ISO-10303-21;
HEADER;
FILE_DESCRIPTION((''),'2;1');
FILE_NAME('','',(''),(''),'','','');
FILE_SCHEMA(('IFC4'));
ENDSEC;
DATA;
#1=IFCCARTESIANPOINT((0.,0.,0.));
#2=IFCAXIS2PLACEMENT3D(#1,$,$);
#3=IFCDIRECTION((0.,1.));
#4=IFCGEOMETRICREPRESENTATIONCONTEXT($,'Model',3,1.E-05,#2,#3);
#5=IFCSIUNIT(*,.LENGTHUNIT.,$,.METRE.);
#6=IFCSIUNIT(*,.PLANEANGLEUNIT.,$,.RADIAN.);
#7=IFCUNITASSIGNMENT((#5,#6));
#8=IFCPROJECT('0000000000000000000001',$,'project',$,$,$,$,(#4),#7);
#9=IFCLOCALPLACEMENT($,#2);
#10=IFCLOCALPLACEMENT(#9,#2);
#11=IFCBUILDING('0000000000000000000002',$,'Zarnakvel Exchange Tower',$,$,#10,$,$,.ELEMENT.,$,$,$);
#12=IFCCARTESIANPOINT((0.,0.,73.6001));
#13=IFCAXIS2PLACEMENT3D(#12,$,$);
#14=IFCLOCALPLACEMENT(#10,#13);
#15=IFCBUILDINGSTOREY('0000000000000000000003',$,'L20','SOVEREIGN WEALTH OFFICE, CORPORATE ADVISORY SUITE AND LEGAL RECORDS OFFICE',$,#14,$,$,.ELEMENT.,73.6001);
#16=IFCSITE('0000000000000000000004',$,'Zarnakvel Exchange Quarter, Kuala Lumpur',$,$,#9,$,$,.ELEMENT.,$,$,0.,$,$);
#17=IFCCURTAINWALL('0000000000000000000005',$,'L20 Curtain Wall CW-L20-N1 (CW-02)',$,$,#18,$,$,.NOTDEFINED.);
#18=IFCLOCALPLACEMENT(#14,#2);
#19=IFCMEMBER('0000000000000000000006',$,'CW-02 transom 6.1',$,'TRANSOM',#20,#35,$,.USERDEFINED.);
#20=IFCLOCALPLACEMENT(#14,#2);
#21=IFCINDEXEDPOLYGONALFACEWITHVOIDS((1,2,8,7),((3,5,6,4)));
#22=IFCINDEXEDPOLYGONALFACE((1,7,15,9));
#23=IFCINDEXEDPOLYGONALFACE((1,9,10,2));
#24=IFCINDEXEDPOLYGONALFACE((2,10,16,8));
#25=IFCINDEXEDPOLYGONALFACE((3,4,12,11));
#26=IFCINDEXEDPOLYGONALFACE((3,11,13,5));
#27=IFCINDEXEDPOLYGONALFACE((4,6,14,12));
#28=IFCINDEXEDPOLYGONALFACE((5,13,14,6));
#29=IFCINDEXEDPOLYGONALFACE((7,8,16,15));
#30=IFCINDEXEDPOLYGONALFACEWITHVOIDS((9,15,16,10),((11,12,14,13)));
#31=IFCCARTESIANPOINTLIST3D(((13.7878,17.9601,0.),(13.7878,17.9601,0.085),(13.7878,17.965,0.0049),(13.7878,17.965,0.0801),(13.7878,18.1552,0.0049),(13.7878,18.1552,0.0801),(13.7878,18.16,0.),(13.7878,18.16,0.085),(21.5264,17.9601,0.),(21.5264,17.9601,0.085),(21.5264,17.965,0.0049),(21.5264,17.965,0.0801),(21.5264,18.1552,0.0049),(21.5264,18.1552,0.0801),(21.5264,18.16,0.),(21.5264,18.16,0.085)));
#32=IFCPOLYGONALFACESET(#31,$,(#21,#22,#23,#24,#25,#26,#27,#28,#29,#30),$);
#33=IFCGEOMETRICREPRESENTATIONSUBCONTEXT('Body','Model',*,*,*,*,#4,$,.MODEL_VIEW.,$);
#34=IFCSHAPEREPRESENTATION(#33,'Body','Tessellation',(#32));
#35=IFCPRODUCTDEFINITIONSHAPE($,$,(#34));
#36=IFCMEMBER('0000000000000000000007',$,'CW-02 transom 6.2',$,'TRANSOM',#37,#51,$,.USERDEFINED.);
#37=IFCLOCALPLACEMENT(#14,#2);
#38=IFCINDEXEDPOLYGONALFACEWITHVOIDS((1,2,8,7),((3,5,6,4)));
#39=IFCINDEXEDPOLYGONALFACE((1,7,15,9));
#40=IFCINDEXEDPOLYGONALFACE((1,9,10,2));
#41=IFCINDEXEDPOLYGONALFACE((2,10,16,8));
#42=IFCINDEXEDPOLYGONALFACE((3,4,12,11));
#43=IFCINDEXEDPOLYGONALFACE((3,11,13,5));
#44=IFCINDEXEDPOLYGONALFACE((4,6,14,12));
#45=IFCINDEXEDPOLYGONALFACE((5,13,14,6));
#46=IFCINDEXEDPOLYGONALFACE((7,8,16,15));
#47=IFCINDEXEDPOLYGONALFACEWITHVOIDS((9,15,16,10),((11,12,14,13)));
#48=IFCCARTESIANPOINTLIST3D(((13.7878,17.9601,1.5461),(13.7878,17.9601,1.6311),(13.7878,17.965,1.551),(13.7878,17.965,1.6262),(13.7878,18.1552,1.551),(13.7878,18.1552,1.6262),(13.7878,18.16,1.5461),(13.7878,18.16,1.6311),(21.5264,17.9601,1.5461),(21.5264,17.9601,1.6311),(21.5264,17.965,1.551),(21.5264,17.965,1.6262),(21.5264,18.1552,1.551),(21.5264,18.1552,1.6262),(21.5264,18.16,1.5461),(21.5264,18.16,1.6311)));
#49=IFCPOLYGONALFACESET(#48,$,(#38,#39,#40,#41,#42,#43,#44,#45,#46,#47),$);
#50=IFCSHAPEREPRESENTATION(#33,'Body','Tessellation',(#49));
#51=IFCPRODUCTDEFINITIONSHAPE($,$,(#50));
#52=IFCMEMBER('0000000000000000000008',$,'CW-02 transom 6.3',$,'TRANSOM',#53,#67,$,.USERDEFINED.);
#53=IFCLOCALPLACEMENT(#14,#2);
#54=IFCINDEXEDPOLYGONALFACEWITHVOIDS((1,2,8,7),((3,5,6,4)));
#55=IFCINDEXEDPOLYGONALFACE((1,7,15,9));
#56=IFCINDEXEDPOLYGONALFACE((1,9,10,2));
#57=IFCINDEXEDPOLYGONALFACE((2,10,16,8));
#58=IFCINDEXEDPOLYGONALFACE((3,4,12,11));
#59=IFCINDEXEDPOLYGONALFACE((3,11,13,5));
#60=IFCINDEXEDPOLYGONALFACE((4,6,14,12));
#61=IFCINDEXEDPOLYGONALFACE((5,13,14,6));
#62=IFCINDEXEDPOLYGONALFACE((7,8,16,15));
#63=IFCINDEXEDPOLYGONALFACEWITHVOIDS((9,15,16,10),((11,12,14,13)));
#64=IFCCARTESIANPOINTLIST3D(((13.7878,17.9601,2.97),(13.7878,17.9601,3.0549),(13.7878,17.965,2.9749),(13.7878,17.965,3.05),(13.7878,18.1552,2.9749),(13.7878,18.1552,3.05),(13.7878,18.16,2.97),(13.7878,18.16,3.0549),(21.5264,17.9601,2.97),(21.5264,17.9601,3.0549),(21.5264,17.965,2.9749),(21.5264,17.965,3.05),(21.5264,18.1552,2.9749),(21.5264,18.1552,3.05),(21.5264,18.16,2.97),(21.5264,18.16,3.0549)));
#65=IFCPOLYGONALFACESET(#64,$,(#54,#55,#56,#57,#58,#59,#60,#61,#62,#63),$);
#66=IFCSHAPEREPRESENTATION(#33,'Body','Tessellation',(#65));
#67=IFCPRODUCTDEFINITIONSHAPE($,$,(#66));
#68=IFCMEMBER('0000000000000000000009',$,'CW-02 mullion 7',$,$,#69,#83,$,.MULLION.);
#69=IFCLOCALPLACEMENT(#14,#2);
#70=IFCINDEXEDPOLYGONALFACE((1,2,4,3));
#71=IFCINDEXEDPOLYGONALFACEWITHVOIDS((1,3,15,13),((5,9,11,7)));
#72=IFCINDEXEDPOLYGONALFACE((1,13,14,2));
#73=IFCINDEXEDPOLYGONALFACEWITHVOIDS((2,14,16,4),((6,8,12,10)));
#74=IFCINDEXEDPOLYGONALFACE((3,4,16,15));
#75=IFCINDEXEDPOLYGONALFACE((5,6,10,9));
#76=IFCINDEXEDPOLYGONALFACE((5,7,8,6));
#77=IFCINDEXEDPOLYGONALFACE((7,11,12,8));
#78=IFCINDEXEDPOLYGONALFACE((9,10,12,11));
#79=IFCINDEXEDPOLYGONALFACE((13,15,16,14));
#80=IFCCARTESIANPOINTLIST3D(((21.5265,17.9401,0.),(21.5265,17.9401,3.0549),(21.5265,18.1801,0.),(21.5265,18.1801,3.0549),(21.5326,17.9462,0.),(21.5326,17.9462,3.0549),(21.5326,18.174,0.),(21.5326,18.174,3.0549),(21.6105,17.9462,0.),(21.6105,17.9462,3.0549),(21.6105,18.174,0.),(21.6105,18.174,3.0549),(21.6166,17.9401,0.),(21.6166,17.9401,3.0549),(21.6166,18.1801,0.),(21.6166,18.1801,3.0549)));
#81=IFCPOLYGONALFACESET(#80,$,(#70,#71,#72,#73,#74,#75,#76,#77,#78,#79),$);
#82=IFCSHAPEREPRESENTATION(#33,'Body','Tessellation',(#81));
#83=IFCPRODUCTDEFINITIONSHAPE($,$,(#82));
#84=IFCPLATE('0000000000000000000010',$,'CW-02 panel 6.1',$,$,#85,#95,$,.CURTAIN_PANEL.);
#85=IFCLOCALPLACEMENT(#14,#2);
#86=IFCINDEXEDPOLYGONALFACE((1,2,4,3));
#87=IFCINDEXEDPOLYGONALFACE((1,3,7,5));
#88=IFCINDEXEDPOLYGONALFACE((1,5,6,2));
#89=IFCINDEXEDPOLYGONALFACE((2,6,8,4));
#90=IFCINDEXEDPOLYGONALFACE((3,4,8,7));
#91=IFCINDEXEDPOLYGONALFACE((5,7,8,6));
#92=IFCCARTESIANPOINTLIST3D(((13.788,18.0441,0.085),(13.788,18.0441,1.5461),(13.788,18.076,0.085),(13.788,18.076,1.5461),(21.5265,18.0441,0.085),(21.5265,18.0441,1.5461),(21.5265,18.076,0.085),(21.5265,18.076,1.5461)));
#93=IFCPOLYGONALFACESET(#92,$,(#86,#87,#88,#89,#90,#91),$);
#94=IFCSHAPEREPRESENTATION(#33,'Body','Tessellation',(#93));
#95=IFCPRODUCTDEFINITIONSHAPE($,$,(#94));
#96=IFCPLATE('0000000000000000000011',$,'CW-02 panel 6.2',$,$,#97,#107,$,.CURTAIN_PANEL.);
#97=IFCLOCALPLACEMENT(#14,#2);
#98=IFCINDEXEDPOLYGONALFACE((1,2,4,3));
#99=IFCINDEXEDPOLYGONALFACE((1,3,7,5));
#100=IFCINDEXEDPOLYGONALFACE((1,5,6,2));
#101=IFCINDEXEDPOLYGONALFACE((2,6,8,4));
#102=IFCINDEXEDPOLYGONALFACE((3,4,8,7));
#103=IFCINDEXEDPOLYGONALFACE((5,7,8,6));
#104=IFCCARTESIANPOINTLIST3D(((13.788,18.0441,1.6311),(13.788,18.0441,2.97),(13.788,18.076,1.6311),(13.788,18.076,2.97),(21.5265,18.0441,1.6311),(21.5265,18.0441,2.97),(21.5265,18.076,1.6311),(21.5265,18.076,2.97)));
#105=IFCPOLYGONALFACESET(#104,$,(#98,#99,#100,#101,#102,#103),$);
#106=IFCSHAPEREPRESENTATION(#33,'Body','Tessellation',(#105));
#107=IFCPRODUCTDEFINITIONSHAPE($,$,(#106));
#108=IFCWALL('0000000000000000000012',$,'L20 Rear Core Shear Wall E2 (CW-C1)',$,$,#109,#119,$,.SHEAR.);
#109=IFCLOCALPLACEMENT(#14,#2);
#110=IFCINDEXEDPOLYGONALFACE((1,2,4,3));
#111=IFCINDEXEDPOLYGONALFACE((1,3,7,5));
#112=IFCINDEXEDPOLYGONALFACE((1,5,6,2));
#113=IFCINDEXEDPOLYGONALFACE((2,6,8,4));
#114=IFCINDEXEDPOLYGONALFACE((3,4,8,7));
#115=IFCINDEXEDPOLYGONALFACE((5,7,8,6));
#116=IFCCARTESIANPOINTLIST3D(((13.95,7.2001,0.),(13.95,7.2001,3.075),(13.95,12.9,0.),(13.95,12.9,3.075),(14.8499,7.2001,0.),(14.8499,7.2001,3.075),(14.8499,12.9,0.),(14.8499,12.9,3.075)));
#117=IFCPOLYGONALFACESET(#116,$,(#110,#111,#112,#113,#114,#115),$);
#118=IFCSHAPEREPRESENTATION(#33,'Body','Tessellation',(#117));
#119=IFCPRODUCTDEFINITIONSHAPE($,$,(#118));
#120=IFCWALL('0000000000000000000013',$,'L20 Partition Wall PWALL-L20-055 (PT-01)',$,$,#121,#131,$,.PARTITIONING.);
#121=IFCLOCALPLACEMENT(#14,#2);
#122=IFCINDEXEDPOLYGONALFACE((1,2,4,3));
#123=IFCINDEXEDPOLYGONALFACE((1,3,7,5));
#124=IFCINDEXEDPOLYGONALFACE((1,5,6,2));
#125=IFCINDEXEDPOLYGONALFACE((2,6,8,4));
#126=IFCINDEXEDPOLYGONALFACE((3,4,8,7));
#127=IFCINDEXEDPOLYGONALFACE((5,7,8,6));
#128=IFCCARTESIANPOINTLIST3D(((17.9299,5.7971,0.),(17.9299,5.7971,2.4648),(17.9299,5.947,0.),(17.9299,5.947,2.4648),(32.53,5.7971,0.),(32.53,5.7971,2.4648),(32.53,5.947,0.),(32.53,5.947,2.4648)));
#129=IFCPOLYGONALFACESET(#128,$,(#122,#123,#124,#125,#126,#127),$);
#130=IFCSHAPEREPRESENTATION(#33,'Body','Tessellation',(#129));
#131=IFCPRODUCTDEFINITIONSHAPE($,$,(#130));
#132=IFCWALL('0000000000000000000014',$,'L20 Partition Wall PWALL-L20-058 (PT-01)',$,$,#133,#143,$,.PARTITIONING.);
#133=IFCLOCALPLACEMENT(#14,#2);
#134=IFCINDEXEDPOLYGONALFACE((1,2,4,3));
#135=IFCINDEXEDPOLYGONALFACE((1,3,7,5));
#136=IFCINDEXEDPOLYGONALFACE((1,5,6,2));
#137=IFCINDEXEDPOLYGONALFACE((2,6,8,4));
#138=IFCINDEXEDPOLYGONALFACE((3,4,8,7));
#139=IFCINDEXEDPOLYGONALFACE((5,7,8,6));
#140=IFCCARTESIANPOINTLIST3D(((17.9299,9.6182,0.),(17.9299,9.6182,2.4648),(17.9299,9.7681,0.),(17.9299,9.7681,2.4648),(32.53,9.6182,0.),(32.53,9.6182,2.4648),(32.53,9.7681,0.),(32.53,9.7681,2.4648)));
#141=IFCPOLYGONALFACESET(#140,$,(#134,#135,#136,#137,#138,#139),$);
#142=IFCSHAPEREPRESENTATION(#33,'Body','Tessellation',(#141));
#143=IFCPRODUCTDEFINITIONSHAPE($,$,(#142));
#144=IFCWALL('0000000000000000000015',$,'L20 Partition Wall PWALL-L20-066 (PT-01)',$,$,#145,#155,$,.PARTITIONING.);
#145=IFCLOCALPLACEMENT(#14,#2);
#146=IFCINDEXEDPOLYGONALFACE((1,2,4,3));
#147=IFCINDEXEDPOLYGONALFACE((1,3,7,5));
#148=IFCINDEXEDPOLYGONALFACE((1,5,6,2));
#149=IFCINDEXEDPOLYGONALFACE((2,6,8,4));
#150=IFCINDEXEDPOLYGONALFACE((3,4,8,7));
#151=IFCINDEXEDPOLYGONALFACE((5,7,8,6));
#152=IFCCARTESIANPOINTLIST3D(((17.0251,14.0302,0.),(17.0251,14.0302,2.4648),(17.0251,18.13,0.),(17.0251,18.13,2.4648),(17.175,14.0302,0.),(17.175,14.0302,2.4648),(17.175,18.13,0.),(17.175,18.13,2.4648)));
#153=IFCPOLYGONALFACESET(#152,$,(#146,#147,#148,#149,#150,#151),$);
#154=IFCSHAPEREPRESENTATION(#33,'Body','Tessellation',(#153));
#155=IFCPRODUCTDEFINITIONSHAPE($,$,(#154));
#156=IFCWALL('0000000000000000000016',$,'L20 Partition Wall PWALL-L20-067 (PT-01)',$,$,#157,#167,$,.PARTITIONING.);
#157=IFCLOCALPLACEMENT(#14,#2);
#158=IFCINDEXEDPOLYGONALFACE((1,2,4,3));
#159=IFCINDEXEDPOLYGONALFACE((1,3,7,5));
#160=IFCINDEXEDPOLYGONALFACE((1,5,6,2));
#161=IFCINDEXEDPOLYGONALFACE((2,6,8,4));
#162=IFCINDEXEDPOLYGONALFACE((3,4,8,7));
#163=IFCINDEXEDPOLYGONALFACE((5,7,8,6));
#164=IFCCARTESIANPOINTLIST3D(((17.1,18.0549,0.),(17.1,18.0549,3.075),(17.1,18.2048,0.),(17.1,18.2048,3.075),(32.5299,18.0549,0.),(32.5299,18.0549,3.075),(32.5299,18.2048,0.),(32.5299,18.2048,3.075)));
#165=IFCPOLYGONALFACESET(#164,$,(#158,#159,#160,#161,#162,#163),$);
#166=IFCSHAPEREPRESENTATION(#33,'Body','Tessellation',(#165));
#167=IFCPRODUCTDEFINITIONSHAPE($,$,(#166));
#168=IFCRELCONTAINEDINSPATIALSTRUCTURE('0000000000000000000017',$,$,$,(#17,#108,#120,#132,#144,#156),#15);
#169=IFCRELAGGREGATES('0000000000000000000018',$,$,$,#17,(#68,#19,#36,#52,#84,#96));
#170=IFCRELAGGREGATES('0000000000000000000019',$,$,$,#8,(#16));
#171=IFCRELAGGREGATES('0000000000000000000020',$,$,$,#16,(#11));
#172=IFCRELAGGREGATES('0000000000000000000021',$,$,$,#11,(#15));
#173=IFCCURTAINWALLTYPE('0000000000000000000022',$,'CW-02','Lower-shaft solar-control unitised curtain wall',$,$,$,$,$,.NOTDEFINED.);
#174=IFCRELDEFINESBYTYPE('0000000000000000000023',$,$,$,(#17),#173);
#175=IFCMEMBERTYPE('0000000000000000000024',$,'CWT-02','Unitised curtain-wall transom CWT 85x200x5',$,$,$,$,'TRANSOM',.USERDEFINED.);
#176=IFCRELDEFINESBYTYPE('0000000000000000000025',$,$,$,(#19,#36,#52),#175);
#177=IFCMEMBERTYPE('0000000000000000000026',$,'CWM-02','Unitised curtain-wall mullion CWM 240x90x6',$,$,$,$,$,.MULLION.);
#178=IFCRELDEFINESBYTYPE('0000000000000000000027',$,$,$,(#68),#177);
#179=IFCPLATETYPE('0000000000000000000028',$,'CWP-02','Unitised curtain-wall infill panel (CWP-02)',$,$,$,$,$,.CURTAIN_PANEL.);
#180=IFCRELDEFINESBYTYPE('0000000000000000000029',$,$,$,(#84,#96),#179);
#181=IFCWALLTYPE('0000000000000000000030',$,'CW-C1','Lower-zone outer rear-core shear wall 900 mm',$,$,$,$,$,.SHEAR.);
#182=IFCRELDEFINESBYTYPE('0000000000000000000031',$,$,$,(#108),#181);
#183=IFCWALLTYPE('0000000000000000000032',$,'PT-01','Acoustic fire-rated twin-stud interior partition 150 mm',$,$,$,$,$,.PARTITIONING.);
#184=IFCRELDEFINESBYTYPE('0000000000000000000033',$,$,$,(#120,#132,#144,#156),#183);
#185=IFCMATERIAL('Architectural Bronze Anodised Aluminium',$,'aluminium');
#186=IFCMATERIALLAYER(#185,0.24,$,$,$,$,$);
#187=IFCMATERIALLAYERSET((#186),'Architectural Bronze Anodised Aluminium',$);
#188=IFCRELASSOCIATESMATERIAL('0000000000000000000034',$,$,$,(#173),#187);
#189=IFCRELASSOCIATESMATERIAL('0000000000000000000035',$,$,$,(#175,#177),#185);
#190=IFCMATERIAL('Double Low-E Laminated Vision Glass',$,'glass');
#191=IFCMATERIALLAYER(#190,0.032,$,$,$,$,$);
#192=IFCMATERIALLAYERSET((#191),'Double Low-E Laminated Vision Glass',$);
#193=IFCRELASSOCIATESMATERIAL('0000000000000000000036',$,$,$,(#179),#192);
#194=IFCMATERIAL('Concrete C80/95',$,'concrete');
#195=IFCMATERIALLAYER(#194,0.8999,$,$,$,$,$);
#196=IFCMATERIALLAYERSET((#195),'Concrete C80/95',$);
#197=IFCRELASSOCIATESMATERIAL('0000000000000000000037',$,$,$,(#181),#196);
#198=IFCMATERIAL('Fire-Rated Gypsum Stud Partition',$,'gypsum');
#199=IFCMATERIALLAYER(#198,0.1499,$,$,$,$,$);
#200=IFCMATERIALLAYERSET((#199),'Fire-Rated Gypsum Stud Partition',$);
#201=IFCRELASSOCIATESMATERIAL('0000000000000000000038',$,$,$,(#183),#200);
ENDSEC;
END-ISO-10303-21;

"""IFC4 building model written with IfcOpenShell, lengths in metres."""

from ifc_helpers import new_model, si_unit, direction, frame, frame_2d, origin, origin_2d, place, context, subcontext, project, spatial, rectangle, hollow_rectangle, extrude, source, transform, mapped, material, layer, layer_set, material_profile, profile_set, type_object, element, aggregate, save


model = new_model("IFC4")

# Units and contexts
model_context = context("Model", 3, precision=1e-05, world=origin(), true_north=direction((0.0, 1.0)))
body_context = subcontext(model_context, "Body", "Model", "MODEL_VIEW")
ifc_project = project(units=[si_unit("LENGTHUNIT", "METRE"), si_unit("PLANEANGLEUNIT", "RADIAN")], contexts=[model_context])

# Site, building, storey
site_placement = place(None, origin())
site = spatial("IfcSite", under=ifc_project, at=site_placement, Name="Zarnakvel Exchange Quarter, Kuala Lumpur", CompositionType="ELEMENT", RefElevation=0.0)
building_placement = place(site_placement, origin())
building = spatial("IfcBuilding", under=site, at=building_placement, Name="Zarnakvel Exchange Tower", CompositionType="ELEMENT")
storey_placement = place(building_placement, frame((0.0, 0.0, 73.6001)))
storey = spatial("IfcBuildingStorey", under=building, at=storey_placement, Name="L20", Description="SOVEREIGN WEALTH OFFICE, CORPORATE ADVISORY SUITE AND LEGAL RECORDS OFFICE", CompositionType="ELEMENT", Elevation=73.6001)

# Shared definitions
ifc_material_1 = material(Name="Concrete C80/95", Category="concrete")

# Curtain wall, members, plates
ifc_material_2 = material(Name="Architectural Bronze Anodised Aluminium", Category="aluminium")
ifc_layer_1 = layer(ifc_material_2, 0.24)
ifc_layer_set_1 = layer_set([ifc_layer_1], Name="Architectural Bronze Anodised Aluminium")
curtain_wall_type = type_object("IfcCurtainWallType", Name="CW-02", Description="Lower-shaft solar-control unitised curtain wall", PredefinedType="NOTDEFINED", material=ifc_layer_set_1)
curtain_wall_placement = place(storey_placement, origin())
curtain_wall = element("IfcCurtainWall", 1, at=curtain_wall_placement, inside=storey, type_object=curtain_wall_type, Name="L20 Curtain Wall CW-L20-N1 (CW-02)", PredefinedType="NOTDEFINED")
ifc_material_profile_1 = material_profile(ifc_material_2, hollow_rectangle(XDim=0.2, YDim=0.085, WallThickness=0.0049, at=origin_2d()))
ifc_profile_set_1 = profile_set([ifc_material_profile_1], Name="Architectural Bronze Anodised Aluminium")
member_type_1 = type_object("IfcMemberType", Name="CWT-02", Description="Unitised curtain-wall transom CWT 85x200x5", ElementType="TRANSOM", PredefinedType="USERDEFINED", material=ifc_profile_set_1)
shared_shape_1 = source(origin(), body_context, "Body", "SweptSolid", [
    extrude(hollow_rectangle(XDim=0.2, YDim=0.085, WallThickness=0.0049, at=origin_2d()), origin(), (0.0, 0.0, 1.0), 7.7385),
])
member_1_placement = place(storey_placement, frame((13.7878, 18.0601, 0.0425), z_axis=(1.0, 0.0, 0.0), x_axis=(0.0, 1.0, 0.0)))
member_1 = element("IfcMember", 2, at=member_1_placement, type_object=member_type_1, Name="CW-02 transom 6.1", ObjectType="TRANSOM", PredefinedType="USERDEFINED", context=body_context, shape_type="MappedRepresentation", body=[
    mapped(shared_shape_1, transform((0.0, 0.0, 0.0), x_axis=(1.0, 0.0, 0.0), y_axis=(0.0, 1.0, 0.0), z_axis=(0.0, 0.0, 1.0), scale=1.0)),
])
member_2_placement = place(storey_placement, frame((13.7878, 18.0601, 1.5886), z_axis=(1.0, 0.0, 0.0), x_axis=(0.0, 1.0, 0.0)))
member_2 = element("IfcMember", 3, at=member_2_placement, type_object=member_type_1, Name="CW-02 transom 6.2", ObjectType="TRANSOM", PredefinedType="USERDEFINED", context=body_context, shape_type="MappedRepresentation", body=[
    mapped(shared_shape_1, transform((0.0, 0.0, 0.0), x_axis=(1.0, 0.0, 0.0), y_axis=(0.0, 1.0, 0.0), z_axis=(0.0, 0.0, 1.0), scale=1.0)),
])
member_3_placement = place(storey_placement, frame((13.7878, 18.0601, 3.0125), z_axis=(1.0, 0.0, 0.0), x_axis=(0.0, 1.0, 0.0)))
member_3 = element("IfcMember", 4, at=member_3_placement, type_object=member_type_1, Name="CW-02 transom 6.3", ObjectType="TRANSOM", PredefinedType="USERDEFINED", context=body_context, shape_type="MappedRepresentation", body=[
    mapped(shared_shape_1, transform((0.0, 0.0, 0.0), x_axis=(1.0, 0.0, 0.0), y_axis=(0.0, 1.0, 0.0), z_axis=(0.0, 0.0, 1.0), scale=1.0)),
])
ifc_material_profile_2 = material_profile(ifc_material_2, hollow_rectangle(XDim=0.24, YDim=0.0901, WallThickness=0.0061, at=origin_2d()))
ifc_profile_set_2 = profile_set([ifc_material_profile_2], Name="Architectural Bronze Anodised Aluminium")
member_type_2 = type_object("IfcMemberType", Name="CWM-02", Description="Unitised curtain-wall mullion CWM 240x90x6", PredefinedType="MULLION", material=ifc_profile_set_2)
shared_shape_2 = source(origin(), body_context, "Body", "SweptSolid", [
    extrude(hollow_rectangle(XDim=0.24, YDim=0.0901, WallThickness=0.0061, at=origin_2d()), origin(), (0.0, 0.0, 1.0), 3.0549),
])
member_4_placement = place(storey_placement, frame((21.5715, 18.0601, 0.0), z_axis=(0.0, 0.0, 1.0), x_axis=(0.0, 1.0, 0.0)))
member_4 = element("IfcMember", 5, at=member_4_placement, type_object=member_type_2, Name="CW-02 mullion 7", PredefinedType="MULLION", context=body_context, shape_type="MappedRepresentation", body=[
    mapped(shared_shape_2, transform((0.0, 0.0, 0.0), x_axis=(1.0, 0.0, 0.0), y_axis=(0.0, 1.0, 0.0), z_axis=(0.0, 0.0, 1.0), scale=1.0)),
])
ifc_material_3 = material(Name="Double Low-E Laminated Vision Glass", Category="glass")
ifc_layer_2 = layer(ifc_material_3, 0.032)
ifc_layer_set_2 = layer_set([ifc_layer_2], Name="Double Low-E Laminated Vision Glass")
plate_type = type_object("IfcPlateType", Name="CWP-02", Description="Unitised curtain-wall infill panel (CWP-02)", PredefinedType="CURTAIN_PANEL", material=ifc_layer_set_2)
shared_shape_3 = source(origin(), body_context, "Body", "SweptSolid", [
    extrude(rectangle(XDim=7.7385, YDim=0.032, at=origin_2d()), origin(), (0.0, 0.0, 1.0), 1.4612),
])
plate_1_placement = place(storey_placement, frame((17.6572, 18.0601, 0.085), z_axis=(0.0, 0.0, 1.0), x_axis=(1.0, 0.0, 0.0)))
plate_1 = element("IfcPlate", 6, at=plate_1_placement, type_object=plate_type, Name="CW-02 panel 6.1", PredefinedType="CURTAIN_PANEL", context=body_context, shape_type="MappedRepresentation", body=[
    mapped(shared_shape_3, transform((0.0, 0.0, 0.0), x_axis=(1.0, 0.0, 0.0), y_axis=(0.0, 1.0, 0.0), z_axis=(0.0, 0.0, 1.0), scale=1.0)),
])
shared_shape_4 = source(origin(), body_context, "Body", "SweptSolid", [
    extrude(rectangle(XDim=7.7385, YDim=0.032, at=origin_2d()), origin(), (0.0, 0.0, 1.0), 1.3389),
])
plate_2_placement = place(storey_placement, frame((17.6572, 18.0601, 1.6311), z_axis=(0.0, 0.0, 1.0), x_axis=(1.0, 0.0, 0.0)))
plate_2 = element("IfcPlate", 7, at=plate_2_placement, type_object=plate_type, Name="CW-02 panel 6.2", PredefinedType="CURTAIN_PANEL", context=body_context, shape_type="MappedRepresentation", body=[
    mapped(shared_shape_4, transform((0.0, 0.0, 0.0), x_axis=(1.0, 0.0, 0.0), y_axis=(0.0, 1.0, 0.0), z_axis=(0.0, 0.0, 1.0), scale=1.0)),
])
aggregate(curtain_wall, [member_4, member_1, member_2, member_3, plate_1, plate_2])

# Walls
ifc_layer_3 = layer(ifc_material_1, 0.8999)
ifc_layer_set_3 = layer_set([ifc_layer_3], Name="Concrete C80/95")
wall_type_1 = type_object("IfcWallType", Name="CW-C1", Description="Lower-zone outer rear-core shear wall 900 mm", PredefinedType="SHEAR", material=ifc_layer_set_3)
wall_1_placement = place(storey_placement, frame((14.3999, 7.2, 0.0), z_axis=(0.0, 0.0, 1.0), x_axis=(0.0, 1.0, 0.0)))
element("IfcWall", 8, at=wall_1_placement, inside=storey, type_object=wall_type_1, Name="L20 Rear Core Shear Wall E2 (CW-C1)", PredefinedType="SHEAR", context=body_context, shape_type="SweptSolid", body=[
    extrude(rectangle(XDim=5.7, YDim=0.8999, at=frame_2d((2.8501, 0.0))), origin(), (0.0, 0.0, 1.0), 3.075),
])
ifc_material_4 = material(Name="Fire-Rated Gypsum Stud Partition", Category="gypsum")
ifc_layer_4 = layer(ifc_material_4, 0.1499)
ifc_layer_set_4 = layer_set([ifc_layer_4], Name="Fire-Rated Gypsum Stud Partition")
wall_type_2 = type_object("IfcWallType", Name="PT-01", Description="Acoustic fire-rated twin-stud interior partition 150 mm", PredefinedType="PARTITIONING", material=ifc_layer_set_4)
wall_2_placement = place(storey_placement, frame((17.9299, 5.8721, 0.0), z_axis=(0.0, 0.0, 1.0), x_axis=(1.0, 0.0, 0.0)))
element("IfcWall", 9, at=wall_2_placement, inside=storey, type_object=wall_type_2, Name="L20 Partition Wall PWALL-L20-055 (PT-01)", PredefinedType="PARTITIONING", context=body_context, shape_type="SweptSolid", body=[
    extrude(rectangle(XDim=14.6001, YDim=0.1499, at=frame_2d((7.3, 0.0))), origin(), (0.0, 0.0, 1.0), 2.4648),
])

# Wall
wall_3_placement = place(storey_placement, frame((17.9299, 9.6931, 0.0), z_axis=(0.0, 0.0, 1.0), x_axis=(1.0, 0.0, 0.0)))
element("IfcWall", 10, at=wall_3_placement, inside=storey, type_object=wall_type_2, Name="L20 Partition Wall PWALL-L20-058 (PT-01)", PredefinedType="PARTITIONING", context=body_context, shape_type="SweptSolid", body=[
    extrude(rectangle(XDim=14.6001, YDim=0.1499, at=frame_2d((7.3, 0.0))), origin(), (0.0, 0.0, 1.0), 2.4648),
])

# Walls
wall_4_placement = place(storey_placement, frame((17.1001, 18.1299, 0.0), z_axis=(0.0, 0.0, 1.0), x_axis=(0.0, -1.0, 0.0)))
element("IfcWall", 11, at=wall_4_placement, inside=storey, type_object=wall_type_2, Name="L20 Partition Wall PWALL-L20-066 (PT-01)", PredefinedType="PARTITIONING", context=body_context, shape_type="SweptSolid", body=[
    extrude(rectangle(XDim=4.0999, YDim=0.1499, at=frame_2d((2.0498, 0.0))), origin(), (0.0, 0.0, 1.0), 2.4648),
])
wall_5_placement = place(storey_placement, frame((17.1001, 18.1299, 0.0), z_axis=(0.0, 0.0, 1.0), x_axis=(1.0, 0.0, 0.0)))
element("IfcWall", 12, at=wall_5_placement, inside=storey, type_object=wall_type_2, Name="L20 Partition Wall PWALL-L20-067 (PT-01)", PredefinedType="PARTITIONING", context=body_context, shape_type="SweptSolid", body=[
    extrude(rectangle(XDim=15.4299, YDim=0.1499, at=frame_2d((7.7148, 0.0))), origin(), (0.0, 0.0, 1.0), 3.075),
])

save(model, "model.ifc")
